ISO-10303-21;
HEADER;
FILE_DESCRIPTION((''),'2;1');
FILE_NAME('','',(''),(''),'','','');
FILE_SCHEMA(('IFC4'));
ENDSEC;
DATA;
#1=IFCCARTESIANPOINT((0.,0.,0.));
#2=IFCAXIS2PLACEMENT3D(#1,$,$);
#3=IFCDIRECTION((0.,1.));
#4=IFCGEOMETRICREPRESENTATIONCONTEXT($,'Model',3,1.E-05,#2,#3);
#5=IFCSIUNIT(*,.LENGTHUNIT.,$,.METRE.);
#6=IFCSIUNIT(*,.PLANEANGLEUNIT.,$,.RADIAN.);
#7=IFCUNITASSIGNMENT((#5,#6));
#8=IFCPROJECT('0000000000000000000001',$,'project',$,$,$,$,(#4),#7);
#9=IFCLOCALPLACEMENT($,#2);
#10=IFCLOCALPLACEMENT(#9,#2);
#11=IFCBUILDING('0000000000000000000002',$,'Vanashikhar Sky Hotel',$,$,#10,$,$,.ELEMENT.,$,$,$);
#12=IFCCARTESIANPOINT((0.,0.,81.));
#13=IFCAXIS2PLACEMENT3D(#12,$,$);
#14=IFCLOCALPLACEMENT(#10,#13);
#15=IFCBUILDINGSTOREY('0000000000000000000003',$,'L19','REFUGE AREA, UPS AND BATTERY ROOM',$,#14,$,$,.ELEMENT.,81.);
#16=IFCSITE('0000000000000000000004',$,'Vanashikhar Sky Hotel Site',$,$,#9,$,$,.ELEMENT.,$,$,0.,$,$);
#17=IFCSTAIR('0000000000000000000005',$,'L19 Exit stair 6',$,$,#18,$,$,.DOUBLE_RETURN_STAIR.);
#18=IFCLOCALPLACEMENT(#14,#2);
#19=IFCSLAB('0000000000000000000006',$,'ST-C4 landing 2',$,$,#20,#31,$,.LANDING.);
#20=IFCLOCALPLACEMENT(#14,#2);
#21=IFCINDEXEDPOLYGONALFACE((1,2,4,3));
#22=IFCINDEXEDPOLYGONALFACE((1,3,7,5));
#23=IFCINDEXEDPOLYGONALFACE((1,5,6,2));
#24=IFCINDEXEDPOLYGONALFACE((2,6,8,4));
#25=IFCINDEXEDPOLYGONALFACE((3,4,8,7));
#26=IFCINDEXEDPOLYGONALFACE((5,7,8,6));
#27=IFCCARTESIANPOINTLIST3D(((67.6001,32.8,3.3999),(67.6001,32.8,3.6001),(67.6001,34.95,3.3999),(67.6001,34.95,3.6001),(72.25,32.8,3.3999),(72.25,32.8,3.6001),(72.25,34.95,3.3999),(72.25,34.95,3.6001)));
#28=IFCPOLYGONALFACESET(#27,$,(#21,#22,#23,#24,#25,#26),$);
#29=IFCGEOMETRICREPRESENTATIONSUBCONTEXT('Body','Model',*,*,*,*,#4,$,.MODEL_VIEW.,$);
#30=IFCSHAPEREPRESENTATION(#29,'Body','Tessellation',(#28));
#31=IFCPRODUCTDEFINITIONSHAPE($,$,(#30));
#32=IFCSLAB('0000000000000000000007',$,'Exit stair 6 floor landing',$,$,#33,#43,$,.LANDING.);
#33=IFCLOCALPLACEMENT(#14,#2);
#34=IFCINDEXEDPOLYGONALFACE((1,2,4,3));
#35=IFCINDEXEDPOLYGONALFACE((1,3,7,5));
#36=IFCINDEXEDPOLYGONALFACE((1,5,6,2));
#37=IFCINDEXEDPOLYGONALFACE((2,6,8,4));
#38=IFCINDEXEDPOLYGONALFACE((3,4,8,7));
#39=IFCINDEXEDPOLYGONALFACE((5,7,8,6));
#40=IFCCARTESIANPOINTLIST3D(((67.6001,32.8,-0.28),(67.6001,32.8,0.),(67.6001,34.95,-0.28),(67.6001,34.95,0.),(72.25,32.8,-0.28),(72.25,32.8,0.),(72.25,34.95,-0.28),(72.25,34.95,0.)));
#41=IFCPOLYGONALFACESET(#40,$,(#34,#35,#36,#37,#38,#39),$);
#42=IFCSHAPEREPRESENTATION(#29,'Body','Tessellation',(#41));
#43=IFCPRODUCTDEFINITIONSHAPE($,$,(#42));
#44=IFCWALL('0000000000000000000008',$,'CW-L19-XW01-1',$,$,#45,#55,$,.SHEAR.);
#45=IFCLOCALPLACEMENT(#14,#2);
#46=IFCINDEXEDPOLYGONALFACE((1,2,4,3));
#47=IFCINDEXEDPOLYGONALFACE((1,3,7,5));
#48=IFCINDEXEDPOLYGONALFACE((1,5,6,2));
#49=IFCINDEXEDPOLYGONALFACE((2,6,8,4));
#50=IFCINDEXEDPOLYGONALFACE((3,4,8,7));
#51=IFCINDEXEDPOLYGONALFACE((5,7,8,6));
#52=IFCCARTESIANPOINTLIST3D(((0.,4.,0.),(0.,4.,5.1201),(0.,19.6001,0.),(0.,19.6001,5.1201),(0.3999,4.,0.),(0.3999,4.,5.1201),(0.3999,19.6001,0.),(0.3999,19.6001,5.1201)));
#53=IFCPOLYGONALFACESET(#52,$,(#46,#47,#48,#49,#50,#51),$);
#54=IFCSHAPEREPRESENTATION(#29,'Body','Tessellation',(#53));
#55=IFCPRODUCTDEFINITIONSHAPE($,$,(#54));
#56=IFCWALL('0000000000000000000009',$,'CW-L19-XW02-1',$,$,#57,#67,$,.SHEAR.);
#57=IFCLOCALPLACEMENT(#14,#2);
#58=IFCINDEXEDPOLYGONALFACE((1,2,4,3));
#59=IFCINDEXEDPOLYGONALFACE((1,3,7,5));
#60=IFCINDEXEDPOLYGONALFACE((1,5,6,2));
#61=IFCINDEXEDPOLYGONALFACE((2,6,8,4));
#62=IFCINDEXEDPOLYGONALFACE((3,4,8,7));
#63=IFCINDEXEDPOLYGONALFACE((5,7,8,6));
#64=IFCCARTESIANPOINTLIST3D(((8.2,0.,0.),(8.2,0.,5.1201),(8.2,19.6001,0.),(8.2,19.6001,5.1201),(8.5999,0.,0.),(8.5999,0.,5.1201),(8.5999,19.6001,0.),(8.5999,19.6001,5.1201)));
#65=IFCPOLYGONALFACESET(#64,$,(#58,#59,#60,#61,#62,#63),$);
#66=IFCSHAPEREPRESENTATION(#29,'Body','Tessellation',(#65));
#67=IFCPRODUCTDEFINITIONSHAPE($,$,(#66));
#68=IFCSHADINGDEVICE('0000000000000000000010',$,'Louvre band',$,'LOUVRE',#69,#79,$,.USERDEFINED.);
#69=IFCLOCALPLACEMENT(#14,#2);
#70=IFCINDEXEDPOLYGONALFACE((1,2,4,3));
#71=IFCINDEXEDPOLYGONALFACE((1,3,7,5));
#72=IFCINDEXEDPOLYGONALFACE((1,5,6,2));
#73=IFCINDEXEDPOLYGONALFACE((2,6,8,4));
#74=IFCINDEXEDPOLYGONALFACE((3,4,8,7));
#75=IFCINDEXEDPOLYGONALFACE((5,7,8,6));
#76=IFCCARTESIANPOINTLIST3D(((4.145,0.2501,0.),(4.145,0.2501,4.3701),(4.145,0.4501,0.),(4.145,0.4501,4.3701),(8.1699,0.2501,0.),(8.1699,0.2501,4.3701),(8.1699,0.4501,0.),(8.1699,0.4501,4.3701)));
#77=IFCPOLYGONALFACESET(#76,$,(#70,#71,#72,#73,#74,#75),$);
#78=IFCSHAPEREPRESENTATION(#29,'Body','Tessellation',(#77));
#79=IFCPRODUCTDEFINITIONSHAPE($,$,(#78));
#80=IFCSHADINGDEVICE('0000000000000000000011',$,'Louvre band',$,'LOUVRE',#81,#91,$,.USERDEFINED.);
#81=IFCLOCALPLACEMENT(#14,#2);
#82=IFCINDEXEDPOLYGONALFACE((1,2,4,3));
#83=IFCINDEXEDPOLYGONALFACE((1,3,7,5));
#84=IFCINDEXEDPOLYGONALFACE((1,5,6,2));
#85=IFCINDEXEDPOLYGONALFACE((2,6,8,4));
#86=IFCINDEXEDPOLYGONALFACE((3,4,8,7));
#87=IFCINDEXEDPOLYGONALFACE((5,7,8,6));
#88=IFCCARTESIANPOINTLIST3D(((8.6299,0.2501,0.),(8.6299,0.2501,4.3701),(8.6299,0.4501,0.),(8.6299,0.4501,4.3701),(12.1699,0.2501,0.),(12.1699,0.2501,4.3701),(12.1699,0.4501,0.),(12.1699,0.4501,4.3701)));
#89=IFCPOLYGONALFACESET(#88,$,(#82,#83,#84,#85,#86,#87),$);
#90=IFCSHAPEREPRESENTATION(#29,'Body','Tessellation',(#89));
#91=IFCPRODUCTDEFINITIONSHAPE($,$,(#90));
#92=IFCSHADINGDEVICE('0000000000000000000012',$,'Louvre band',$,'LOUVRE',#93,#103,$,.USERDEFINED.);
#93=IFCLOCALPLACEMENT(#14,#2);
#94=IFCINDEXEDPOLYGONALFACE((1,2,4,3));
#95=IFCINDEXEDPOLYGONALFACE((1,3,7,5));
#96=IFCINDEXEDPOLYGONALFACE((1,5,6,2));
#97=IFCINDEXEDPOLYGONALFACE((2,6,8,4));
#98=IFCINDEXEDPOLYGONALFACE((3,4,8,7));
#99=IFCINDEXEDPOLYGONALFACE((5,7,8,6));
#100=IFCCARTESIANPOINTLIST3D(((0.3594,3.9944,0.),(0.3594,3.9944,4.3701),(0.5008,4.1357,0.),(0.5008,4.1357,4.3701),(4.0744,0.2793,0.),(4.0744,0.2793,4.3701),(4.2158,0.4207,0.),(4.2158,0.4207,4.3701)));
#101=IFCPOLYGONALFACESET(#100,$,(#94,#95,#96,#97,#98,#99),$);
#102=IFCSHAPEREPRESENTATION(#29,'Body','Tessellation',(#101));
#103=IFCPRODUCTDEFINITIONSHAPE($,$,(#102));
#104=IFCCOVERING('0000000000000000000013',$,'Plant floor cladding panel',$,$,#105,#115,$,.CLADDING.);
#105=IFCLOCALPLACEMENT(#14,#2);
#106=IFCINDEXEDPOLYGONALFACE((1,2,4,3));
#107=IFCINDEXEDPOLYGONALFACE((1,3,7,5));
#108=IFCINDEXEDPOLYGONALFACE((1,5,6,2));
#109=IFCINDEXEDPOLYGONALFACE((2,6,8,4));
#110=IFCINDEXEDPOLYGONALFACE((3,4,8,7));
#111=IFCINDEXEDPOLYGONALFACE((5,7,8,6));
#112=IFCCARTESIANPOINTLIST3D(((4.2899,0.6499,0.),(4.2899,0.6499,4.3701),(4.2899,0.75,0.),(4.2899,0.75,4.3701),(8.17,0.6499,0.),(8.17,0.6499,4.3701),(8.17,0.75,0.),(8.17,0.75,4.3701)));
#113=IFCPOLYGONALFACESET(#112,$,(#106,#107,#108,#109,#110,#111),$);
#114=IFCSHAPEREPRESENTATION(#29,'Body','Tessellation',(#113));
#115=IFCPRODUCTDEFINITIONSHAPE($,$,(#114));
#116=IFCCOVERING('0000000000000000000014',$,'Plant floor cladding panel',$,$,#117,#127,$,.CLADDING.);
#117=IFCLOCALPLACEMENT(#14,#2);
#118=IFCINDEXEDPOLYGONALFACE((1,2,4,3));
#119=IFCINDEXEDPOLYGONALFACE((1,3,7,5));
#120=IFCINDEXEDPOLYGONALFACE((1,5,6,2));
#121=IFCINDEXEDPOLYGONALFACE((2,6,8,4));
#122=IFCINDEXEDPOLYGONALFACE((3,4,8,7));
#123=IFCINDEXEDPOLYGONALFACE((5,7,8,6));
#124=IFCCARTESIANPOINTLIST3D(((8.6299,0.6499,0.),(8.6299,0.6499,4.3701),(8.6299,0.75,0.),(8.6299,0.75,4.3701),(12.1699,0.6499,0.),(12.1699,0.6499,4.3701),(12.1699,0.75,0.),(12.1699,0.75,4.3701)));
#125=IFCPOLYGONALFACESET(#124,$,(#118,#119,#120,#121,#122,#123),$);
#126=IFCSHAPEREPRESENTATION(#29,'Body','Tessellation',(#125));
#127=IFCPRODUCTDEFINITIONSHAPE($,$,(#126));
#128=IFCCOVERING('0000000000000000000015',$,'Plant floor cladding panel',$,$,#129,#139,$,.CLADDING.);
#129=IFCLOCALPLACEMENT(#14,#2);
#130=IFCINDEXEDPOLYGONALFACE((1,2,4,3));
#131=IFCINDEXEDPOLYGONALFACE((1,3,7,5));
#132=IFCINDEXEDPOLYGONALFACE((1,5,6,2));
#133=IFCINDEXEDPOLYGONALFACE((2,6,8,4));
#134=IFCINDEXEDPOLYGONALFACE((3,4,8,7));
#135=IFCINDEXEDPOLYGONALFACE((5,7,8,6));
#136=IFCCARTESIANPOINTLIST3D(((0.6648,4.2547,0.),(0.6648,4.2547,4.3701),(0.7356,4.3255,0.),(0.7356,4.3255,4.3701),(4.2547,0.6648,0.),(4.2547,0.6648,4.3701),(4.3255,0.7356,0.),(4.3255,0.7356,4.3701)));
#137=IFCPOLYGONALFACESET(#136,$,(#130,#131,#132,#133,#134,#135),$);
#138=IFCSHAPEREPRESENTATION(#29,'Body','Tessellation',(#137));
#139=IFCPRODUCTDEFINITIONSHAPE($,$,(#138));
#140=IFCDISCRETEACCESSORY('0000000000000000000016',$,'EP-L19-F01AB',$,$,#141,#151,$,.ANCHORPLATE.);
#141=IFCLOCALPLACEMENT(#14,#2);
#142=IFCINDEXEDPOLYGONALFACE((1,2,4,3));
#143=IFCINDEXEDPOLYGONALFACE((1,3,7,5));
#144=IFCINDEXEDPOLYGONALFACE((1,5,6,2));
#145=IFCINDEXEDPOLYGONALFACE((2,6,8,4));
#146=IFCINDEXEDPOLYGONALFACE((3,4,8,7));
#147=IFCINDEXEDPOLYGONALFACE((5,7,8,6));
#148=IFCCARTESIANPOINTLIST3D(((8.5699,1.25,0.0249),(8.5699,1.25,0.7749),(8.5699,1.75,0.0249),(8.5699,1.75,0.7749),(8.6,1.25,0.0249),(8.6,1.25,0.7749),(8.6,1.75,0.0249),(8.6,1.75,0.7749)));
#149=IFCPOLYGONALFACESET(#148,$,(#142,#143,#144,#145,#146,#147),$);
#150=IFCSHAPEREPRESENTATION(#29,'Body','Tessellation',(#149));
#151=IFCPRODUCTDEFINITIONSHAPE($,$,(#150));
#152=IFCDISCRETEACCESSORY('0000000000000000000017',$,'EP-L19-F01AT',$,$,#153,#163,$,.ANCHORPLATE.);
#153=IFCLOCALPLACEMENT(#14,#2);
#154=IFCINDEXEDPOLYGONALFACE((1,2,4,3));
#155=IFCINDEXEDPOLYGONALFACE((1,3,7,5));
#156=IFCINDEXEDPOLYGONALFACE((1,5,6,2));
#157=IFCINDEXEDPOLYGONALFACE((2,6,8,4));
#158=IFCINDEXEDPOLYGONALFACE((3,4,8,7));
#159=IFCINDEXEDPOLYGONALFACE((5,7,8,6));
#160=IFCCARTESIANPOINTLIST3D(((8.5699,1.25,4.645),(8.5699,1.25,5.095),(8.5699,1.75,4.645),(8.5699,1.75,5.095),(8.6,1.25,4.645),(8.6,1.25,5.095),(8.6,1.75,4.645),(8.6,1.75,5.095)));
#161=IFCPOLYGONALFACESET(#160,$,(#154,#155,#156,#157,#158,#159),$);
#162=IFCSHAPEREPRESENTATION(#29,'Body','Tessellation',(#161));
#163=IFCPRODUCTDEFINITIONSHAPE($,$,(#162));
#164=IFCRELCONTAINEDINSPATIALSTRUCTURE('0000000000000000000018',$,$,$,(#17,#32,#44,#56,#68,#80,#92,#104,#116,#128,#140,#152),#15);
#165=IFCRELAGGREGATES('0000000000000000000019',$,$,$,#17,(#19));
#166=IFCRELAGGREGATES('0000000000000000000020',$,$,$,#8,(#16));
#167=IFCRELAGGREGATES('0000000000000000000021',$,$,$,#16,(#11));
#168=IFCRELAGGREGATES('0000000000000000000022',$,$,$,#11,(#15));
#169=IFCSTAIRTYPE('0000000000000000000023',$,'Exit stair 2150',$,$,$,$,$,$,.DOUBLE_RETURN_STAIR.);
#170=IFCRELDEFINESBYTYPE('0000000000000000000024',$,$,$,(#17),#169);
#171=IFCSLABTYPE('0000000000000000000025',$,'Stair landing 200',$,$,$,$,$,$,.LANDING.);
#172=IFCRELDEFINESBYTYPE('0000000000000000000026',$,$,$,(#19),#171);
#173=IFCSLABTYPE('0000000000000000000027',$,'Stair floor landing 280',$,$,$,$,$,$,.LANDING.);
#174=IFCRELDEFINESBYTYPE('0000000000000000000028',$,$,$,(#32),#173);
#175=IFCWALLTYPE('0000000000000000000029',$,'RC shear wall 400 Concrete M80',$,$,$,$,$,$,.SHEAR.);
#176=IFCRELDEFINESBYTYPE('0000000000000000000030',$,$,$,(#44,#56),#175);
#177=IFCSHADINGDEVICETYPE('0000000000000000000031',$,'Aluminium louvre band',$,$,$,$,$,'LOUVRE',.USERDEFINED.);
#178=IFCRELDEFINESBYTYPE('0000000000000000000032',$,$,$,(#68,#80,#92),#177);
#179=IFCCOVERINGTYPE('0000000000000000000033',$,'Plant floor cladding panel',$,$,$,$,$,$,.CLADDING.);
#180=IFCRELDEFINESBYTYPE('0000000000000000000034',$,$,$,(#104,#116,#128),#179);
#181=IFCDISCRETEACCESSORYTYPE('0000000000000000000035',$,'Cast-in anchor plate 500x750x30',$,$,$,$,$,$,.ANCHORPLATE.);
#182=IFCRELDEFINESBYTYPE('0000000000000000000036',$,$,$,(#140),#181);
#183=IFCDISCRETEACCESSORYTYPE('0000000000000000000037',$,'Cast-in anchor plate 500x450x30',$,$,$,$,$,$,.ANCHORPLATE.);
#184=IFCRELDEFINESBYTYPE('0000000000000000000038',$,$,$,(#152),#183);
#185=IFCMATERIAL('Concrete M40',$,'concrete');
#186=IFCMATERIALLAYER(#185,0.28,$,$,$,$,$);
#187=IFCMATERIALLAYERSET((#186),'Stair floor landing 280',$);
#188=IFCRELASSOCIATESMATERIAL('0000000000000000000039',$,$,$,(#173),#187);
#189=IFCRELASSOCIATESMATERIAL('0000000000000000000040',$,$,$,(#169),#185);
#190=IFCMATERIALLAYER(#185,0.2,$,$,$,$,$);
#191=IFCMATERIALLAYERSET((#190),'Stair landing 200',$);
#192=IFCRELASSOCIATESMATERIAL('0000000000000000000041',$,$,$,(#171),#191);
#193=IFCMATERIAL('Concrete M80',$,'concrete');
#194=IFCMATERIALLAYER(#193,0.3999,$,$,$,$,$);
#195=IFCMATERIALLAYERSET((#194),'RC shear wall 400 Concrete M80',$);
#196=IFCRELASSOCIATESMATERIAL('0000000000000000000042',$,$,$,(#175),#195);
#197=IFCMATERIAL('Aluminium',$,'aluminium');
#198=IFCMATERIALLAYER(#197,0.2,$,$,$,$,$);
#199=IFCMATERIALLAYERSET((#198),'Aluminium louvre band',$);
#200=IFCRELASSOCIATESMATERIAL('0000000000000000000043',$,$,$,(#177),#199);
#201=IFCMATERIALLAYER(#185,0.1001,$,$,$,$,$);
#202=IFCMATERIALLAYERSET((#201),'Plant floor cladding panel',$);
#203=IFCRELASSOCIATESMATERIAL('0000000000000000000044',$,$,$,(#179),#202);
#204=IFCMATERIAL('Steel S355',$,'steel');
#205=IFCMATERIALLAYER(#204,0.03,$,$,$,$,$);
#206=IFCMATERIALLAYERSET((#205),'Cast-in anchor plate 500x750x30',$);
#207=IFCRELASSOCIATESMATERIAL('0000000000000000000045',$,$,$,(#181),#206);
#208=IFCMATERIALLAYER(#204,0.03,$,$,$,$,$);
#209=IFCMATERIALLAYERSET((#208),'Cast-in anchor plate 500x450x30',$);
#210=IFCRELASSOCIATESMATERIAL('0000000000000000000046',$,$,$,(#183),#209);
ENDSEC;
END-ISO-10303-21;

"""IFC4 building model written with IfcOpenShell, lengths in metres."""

from ifc_helpers import new_model, si_unit, direction, frame, frame_2d, origin, origin_2d, place, context, subcontext, project, spatial, polyline, rectangle, outline, extrude, source, transform, mapped, material, layer, layer_set, type_object, element, aggregate, save


model = new_model("IFC4")

# Units and contexts
model_context = context("Model", 3, precision=1e-05, world=origin(), true_north=direction((0.0, 1.0)))
body_context = subcontext(model_context, "Body", "Model", "MODEL_VIEW")
ifc_project = project(units=[si_unit("LENGTHUNIT", "METRE"), si_unit("PLANEANGLEUNIT", "RADIAN")], contexts=[model_context])

# Site, building, storey
site_placement = place(None, origin())
site = spatial("IfcSite", under=ifc_project, at=site_placement, Name="Vanashikhar Sky Hotel Site", CompositionType="ELEMENT", RefElevation=0.0)
building_placement = place(site_placement, origin())
building = spatial("IfcBuilding", under=site, at=building_placement, Name="Vanashikhar Sky Hotel", CompositionType="ELEMENT")
storey_placement = place(building_placement, frame((0.0, 0.0, 81.0)))
storey = spatial("IfcBuildingStorey", under=building, at=storey_placement, Name="L19", Description="REFUGE AREA, UPS AND BATTERY ROOM", CompositionType="ELEMENT", Elevation=81.0)

# Shared definitions
ifc_material_1 = material(Name="Steel S355", Category="steel")

# Shared definitions
ifc_material_2 = material(Name="Concrete M40", Category="concrete")
ifc_layer_1 = layer(ifc_material_2, 0.28)
ifc_layer_set_1 = layer_set([ifc_layer_1], Name="Stair floor landing 280")
slab_type_1 = type_object("IfcSlabType", Name="Stair floor landing 280", PredefinedType="LANDING", material=ifc_layer_set_1)

# Shared definitions
stair_type = type_object("IfcStairType", Name="Exit stair 2150", PredefinedType="DOUBLE_RETURN_STAIR", material=ifc_material_2)
ifc_layer_2 = layer(ifc_material_2, 0.2)
ifc_layer_set_2 = layer_set([ifc_layer_2], Name="Stair landing 200")
slab_type_2 = type_object("IfcSlabType", Name="Stair landing 200", PredefinedType="LANDING", material=ifc_layer_set_2)

# Stair, slab
stair_1_placement = place(storey_placement, origin())
stair_1 = element("IfcStair", 1, at=stair_1_placement, inside=storey, type_object=stair_type, Name="L19 Exit stair 6", PredefinedType="DOUBLE_RETURN_STAIR")
shared_shape_1 = source(origin(), body_context, "Body", "SweptSolid", [
    extrude(outline(polyline([(72.25, 32.8), (72.25, 34.95), (67.6001, 34.95), (67.6001, 32.8), (72.25, 32.8)])), origin(), (0.0, 0.0, 1.0), 0.2002),
])
slab_1_placement = place(storey_placement, frame((0.0, 0.0, 3.3999)))
slab_1 = element("IfcSlab", 2, at=slab_1_placement, type_object=slab_type_2, Name="ST-C4 landing 2", PredefinedType="LANDING", context=body_context, shape_type="MappedRepresentation", body=[
    mapped(shared_shape_1, transform((0.0, 0.0, 0.0), scale=1.0)),
])
aggregate(stair_1, [slab_1])

# Slab
shared_shape_2 = source(origin(), body_context, "Body", "SweptSolid", [
    extrude(outline(polyline([(72.25, 32.8), (72.25, 34.95), (67.6001, 34.95), (67.6001, 32.8), (72.25, 32.8)])), origin(), (0.0, 0.0, 1.0), 0.28),
])
slab_2_placement = place(storey_placement, frame((0.0, 0.0, -0.28)))
element("IfcSlab", 3, at=slab_2_placement, inside=storey, type_object=slab_type_1, Name="Exit stair 6 floor landing", PredefinedType="LANDING", context=body_context, shape_type="MappedRepresentation", body=[
    mapped(shared_shape_2, transform((0.0, 0.0, 0.0), scale=1.0)),
])

# Walls
ifc_material_3 = material(Name="Concrete M80", Category="concrete")
ifc_layer_3 = layer(ifc_material_3, 0.3999)
ifc_layer_set_3 = layer_set([ifc_layer_3], Name="RC shear wall 400 Concrete M80")
wall_type = type_object("IfcWallType", Name="RC shear wall 400 Concrete M80", PredefinedType="SHEAR", material=ifc_layer_set_3)
shared_shape_3 = source(origin(), body_context, "Body", "SweptSolid", [
    extrude(rectangle(XDim=15.6001, YDim=0.3999, at=frame_2d((7.8, 0.0))), origin(), (0.0, 0.0, 1.0), 5.1201),
])
wall_1_placement = place(storey_placement, frame((0.2, 4.0, 0.0), z_axis=(0.0, 0.0, 1.0), x_axis=(0.0, 1.0, 0.0)))
element("IfcWall", 4, at=wall_1_placement, inside=storey, type_object=wall_type, Name="CW-L19-XW01-1", PredefinedType="SHEAR", context=body_context, shape_type="MappedRepresentation", body=[
    mapped(shared_shape_3, transform((0.0, 0.0, 0.0), scale=1.0)),
])
shared_shape_4 = source(origin(), body_context, "Body", "SweptSolid", [
    extrude(rectangle(XDim=19.6001, YDim=0.3999, at=frame_2d((9.8, 0.0))), origin(), (0.0, 0.0, 1.0), 5.1201),
])
wall_2_placement = place(storey_placement, frame((8.3999, 0.0, 0.0), z_axis=(0.0, 0.0, 1.0), x_axis=(0.0, 1.0, 0.0)))
element("IfcWall", 5, at=wall_2_placement, inside=storey, type_object=wall_type, Name="CW-L19-XW02-1", PredefinedType="SHEAR", context=body_context, shape_type="MappedRepresentation", body=[
    mapped(shared_shape_4, transform((0.0, 0.0, 0.0), scale=1.0)),
])

# Shading devices
ifc_material_4 = material(Name="Aluminium", Category="aluminium")
ifc_layer_4 = layer(ifc_material_4, 0.2)
ifc_layer_set_4 = layer_set([ifc_layer_4], Name="Aluminium louvre band")
shading_device_type = type_object("IfcShadingDeviceType", Name="Aluminium louvre band", ElementType="LOUVRE", PredefinedType="USERDEFINED", material=ifc_layer_set_4)
shared_shape_5 = source(origin(), body_context, "Body", "SweptSolid", [
    extrude(rectangle(XDim=4.0249, YDim=0.2, at=origin_2d()), origin(), (0.0, 0.0, 1.0), 4.3701),
])
shading_device_1_placement = place(storey_placement, frame((6.1575, 0.3501, 0.0), z_axis=(0.0, 0.0, 1.0), x_axis=(1.0, 0.0, 0.0)))
element("IfcShadingDevice", 6, at=shading_device_1_placement, inside=storey, type_object=shading_device_type, Name="Louvre band", ObjectType="LOUVRE", PredefinedType="USERDEFINED", context=body_context, shape_type="MappedRepresentation", body=[
    mapped(shared_shape_5, transform((0.0, 0.0, 0.0), scale=1.0)),
])
shared_shape_6 = source(origin(), body_context, "Body", "SweptSolid", [
    extrude(rectangle(XDim=3.54, YDim=0.2, at=origin_2d()), origin(), (0.0, 0.0, 1.0), 4.3701),
])
shading_device_2_placement = place(storey_placement, frame((10.3999, 0.3501, 0.0), z_axis=(0.0, 0.0, 1.0), x_axis=(1.0, 0.0, 0.0)))
element("IfcShadingDevice", 7, at=shading_device_2_placement, inside=storey, type_object=shading_device_type, Name="Louvre band", ObjectType="LOUVRE", PredefinedType="USERDEFINED", context=body_context, shape_type="MappedRepresentation", body=[
    mapped(shared_shape_6, transform((0.0, 0.0, 0.0), scale=1.0)),
])
shared_shape_7 = source(origin(), body_context, "Body", "SweptSolid", [
    extrude(rectangle(XDim=5.2539, YDim=0.2, at=origin_2d()), origin(), (0.0, 0.0, 1.0), 4.3701),
])
shading_device_3_placement = place(storey_placement, frame((2.2876, 2.2075, 0.0), z_axis=(0.0, 0.0, 1.0), x_axis=(0.707107, -0.707107, 0.0)))
element("IfcShadingDevice", 8, at=shading_device_3_placement, inside=storey, type_object=shading_device_type, Name="Louvre band", ObjectType="LOUVRE", PredefinedType="USERDEFINED", context=body_context, shape_type="MappedRepresentation", body=[
    mapped(shared_shape_7, transform((0.0, 0.0, 0.0), scale=1.0)),
])

# Coverings
ifc_layer_5 = layer(ifc_material_2, 0.1001)
ifc_layer_set_5 = layer_set([ifc_layer_5], Name="Plant floor cladding panel")
covering_type = type_object("IfcCoveringType", Name="Plant floor cladding panel", PredefinedType="CLADDING", material=ifc_layer_set_5)
shared_shape_8 = source(origin(), body_context, "Body", "SweptSolid", [
    extrude(rectangle(XDim=3.8801, YDim=0.1001, at=origin_2d()), origin(), (0.0, 0.0, 1.0), 4.3701),
])
covering_1_placement = place(storey_placement, frame((6.23, 0.7, 0.0), z_axis=(0.0, 0.0, 1.0), x_axis=(1.0, 0.0, 0.0)))
element("IfcCovering", 9, at=covering_1_placement, inside=storey, type_object=covering_type, Name="Plant floor cladding panel", PredefinedType="CLADDING", context=body_context, shape_type="MappedRepresentation", body=[
    mapped(shared_shape_8, transform((0.0, 0.0, 0.0), scale=1.0)),
])
shared_shape_9 = source(origin(), body_context, "Body", "SweptSolid", [
    extrude(rectangle(XDim=3.54, YDim=0.1001, at=origin_2d()), origin(), (0.0, 0.0, 1.0), 4.3701),
])
covering_2_placement = place(storey_placement, frame((10.3999, 0.7, 0.0), z_axis=(0.0, 0.0, 1.0), x_axis=(1.0, 0.0, 0.0)))
element("IfcCovering", 10, at=covering_2_placement, inside=storey, type_object=covering_type, Name="Plant floor cladding panel", PredefinedType="CLADDING", context=body_context, shape_type="MappedRepresentation", body=[
    mapped(shared_shape_9, transform((0.0, 0.0, 0.0), scale=1.0)),
])
shared_shape_10 = source(origin(), body_context, "Body", "SweptSolid", [
    extrude(rectangle(XDim=5.0769, YDim=0.1001, at=origin_2d()), origin(), (0.0, 0.0, 1.0), 4.3701),
])
covering_3_placement = place(storey_placement, frame((2.4951, 2.4951, 0.0), z_axis=(0.0, 0.0, 1.0), x_axis=(0.707107, -0.707107, 0.0)))
element("IfcCovering", 11, at=covering_3_placement, inside=storey, type_object=covering_type, Name="Plant floor cladding panel", PredefinedType="CLADDING", context=body_context, shape_type="MappedRepresentation", body=[
    mapped(shared_shape_10, transform((0.0, 0.0, 0.0), scale=1.0)),
])

# Discrete accessories
ifc_layer_6 = layer(ifc_material_1, 0.03)
ifc_layer_set_6 = layer_set([ifc_layer_6], Name="Cast-in anchor plate 500x750x30")
discrete_accessory_type_1 = type_object("IfcDiscreteAccessoryType", Name="Cast-in anchor plate 500x750x30", PredefinedType="ANCHORPLATE", material=ifc_layer_set_6)
shared_shape_11 = source(origin(), body_context, "Body", "SweptSolid", [
    extrude(rectangle(XDim=0.03, YDim=0.5, at=origin_2d()), origin(), (0.0, 0.0, 1.0), 0.75),
])
discrete_accessory_1_placement = place(storey_placement, frame((8.585, 1.5, 0.0249), z_axis=(0.0, 0.0, 1.0), x_axis=(1.0, 0.0, 0.0)))
element("IfcDiscreteAccessory", 12, at=discrete_accessory_1_placement, inside=storey, type_object=discrete_accessory_type_1, Name="EP-L19-F01AB", PredefinedType="ANCHORPLATE", context=body_context, shape_type="MappedRepresentation", body=[
    mapped(shared_shape_11, transform((0.0, 0.0, 0.0), scale=1.0)),
])
ifc_layer_7 = layer(ifc_material_1, 0.03)
ifc_layer_set_7 = layer_set([ifc_layer_7], Name="Cast-in anchor plate 500x450x30")
discrete_accessory_type_2 = type_object("IfcDiscreteAccessoryType", Name="Cast-in anchor plate 500x450x30", PredefinedType="ANCHORPLATE", material=ifc_layer_set_7)
shared_shape_12 = source(origin(), body_context, "Body", "SweptSolid", [
    extrude(rectangle(XDim=0.03, YDim=0.5, at=origin_2d()), origin(), (0.0, 0.0, 1.0), 0.45),
])
discrete_accessory_2_placement = place(storey_placement, frame((8.585, 1.5, 4.645), z_axis=(0.0, 0.0, 1.0), x_axis=(1.0, 0.0, 0.0)))
element("IfcDiscreteAccessory", 13, at=discrete_accessory_2_placement, inside=storey, type_object=discrete_accessory_type_2, Name="EP-L19-F01AT", PredefinedType="ANCHORPLATE", context=body_context, shape_type="MappedRepresentation", body=[
    mapped(shared_shape_12, transform((0.0, 0.0, 0.0), scale=1.0)),
])

save(model, "model.ifc")
